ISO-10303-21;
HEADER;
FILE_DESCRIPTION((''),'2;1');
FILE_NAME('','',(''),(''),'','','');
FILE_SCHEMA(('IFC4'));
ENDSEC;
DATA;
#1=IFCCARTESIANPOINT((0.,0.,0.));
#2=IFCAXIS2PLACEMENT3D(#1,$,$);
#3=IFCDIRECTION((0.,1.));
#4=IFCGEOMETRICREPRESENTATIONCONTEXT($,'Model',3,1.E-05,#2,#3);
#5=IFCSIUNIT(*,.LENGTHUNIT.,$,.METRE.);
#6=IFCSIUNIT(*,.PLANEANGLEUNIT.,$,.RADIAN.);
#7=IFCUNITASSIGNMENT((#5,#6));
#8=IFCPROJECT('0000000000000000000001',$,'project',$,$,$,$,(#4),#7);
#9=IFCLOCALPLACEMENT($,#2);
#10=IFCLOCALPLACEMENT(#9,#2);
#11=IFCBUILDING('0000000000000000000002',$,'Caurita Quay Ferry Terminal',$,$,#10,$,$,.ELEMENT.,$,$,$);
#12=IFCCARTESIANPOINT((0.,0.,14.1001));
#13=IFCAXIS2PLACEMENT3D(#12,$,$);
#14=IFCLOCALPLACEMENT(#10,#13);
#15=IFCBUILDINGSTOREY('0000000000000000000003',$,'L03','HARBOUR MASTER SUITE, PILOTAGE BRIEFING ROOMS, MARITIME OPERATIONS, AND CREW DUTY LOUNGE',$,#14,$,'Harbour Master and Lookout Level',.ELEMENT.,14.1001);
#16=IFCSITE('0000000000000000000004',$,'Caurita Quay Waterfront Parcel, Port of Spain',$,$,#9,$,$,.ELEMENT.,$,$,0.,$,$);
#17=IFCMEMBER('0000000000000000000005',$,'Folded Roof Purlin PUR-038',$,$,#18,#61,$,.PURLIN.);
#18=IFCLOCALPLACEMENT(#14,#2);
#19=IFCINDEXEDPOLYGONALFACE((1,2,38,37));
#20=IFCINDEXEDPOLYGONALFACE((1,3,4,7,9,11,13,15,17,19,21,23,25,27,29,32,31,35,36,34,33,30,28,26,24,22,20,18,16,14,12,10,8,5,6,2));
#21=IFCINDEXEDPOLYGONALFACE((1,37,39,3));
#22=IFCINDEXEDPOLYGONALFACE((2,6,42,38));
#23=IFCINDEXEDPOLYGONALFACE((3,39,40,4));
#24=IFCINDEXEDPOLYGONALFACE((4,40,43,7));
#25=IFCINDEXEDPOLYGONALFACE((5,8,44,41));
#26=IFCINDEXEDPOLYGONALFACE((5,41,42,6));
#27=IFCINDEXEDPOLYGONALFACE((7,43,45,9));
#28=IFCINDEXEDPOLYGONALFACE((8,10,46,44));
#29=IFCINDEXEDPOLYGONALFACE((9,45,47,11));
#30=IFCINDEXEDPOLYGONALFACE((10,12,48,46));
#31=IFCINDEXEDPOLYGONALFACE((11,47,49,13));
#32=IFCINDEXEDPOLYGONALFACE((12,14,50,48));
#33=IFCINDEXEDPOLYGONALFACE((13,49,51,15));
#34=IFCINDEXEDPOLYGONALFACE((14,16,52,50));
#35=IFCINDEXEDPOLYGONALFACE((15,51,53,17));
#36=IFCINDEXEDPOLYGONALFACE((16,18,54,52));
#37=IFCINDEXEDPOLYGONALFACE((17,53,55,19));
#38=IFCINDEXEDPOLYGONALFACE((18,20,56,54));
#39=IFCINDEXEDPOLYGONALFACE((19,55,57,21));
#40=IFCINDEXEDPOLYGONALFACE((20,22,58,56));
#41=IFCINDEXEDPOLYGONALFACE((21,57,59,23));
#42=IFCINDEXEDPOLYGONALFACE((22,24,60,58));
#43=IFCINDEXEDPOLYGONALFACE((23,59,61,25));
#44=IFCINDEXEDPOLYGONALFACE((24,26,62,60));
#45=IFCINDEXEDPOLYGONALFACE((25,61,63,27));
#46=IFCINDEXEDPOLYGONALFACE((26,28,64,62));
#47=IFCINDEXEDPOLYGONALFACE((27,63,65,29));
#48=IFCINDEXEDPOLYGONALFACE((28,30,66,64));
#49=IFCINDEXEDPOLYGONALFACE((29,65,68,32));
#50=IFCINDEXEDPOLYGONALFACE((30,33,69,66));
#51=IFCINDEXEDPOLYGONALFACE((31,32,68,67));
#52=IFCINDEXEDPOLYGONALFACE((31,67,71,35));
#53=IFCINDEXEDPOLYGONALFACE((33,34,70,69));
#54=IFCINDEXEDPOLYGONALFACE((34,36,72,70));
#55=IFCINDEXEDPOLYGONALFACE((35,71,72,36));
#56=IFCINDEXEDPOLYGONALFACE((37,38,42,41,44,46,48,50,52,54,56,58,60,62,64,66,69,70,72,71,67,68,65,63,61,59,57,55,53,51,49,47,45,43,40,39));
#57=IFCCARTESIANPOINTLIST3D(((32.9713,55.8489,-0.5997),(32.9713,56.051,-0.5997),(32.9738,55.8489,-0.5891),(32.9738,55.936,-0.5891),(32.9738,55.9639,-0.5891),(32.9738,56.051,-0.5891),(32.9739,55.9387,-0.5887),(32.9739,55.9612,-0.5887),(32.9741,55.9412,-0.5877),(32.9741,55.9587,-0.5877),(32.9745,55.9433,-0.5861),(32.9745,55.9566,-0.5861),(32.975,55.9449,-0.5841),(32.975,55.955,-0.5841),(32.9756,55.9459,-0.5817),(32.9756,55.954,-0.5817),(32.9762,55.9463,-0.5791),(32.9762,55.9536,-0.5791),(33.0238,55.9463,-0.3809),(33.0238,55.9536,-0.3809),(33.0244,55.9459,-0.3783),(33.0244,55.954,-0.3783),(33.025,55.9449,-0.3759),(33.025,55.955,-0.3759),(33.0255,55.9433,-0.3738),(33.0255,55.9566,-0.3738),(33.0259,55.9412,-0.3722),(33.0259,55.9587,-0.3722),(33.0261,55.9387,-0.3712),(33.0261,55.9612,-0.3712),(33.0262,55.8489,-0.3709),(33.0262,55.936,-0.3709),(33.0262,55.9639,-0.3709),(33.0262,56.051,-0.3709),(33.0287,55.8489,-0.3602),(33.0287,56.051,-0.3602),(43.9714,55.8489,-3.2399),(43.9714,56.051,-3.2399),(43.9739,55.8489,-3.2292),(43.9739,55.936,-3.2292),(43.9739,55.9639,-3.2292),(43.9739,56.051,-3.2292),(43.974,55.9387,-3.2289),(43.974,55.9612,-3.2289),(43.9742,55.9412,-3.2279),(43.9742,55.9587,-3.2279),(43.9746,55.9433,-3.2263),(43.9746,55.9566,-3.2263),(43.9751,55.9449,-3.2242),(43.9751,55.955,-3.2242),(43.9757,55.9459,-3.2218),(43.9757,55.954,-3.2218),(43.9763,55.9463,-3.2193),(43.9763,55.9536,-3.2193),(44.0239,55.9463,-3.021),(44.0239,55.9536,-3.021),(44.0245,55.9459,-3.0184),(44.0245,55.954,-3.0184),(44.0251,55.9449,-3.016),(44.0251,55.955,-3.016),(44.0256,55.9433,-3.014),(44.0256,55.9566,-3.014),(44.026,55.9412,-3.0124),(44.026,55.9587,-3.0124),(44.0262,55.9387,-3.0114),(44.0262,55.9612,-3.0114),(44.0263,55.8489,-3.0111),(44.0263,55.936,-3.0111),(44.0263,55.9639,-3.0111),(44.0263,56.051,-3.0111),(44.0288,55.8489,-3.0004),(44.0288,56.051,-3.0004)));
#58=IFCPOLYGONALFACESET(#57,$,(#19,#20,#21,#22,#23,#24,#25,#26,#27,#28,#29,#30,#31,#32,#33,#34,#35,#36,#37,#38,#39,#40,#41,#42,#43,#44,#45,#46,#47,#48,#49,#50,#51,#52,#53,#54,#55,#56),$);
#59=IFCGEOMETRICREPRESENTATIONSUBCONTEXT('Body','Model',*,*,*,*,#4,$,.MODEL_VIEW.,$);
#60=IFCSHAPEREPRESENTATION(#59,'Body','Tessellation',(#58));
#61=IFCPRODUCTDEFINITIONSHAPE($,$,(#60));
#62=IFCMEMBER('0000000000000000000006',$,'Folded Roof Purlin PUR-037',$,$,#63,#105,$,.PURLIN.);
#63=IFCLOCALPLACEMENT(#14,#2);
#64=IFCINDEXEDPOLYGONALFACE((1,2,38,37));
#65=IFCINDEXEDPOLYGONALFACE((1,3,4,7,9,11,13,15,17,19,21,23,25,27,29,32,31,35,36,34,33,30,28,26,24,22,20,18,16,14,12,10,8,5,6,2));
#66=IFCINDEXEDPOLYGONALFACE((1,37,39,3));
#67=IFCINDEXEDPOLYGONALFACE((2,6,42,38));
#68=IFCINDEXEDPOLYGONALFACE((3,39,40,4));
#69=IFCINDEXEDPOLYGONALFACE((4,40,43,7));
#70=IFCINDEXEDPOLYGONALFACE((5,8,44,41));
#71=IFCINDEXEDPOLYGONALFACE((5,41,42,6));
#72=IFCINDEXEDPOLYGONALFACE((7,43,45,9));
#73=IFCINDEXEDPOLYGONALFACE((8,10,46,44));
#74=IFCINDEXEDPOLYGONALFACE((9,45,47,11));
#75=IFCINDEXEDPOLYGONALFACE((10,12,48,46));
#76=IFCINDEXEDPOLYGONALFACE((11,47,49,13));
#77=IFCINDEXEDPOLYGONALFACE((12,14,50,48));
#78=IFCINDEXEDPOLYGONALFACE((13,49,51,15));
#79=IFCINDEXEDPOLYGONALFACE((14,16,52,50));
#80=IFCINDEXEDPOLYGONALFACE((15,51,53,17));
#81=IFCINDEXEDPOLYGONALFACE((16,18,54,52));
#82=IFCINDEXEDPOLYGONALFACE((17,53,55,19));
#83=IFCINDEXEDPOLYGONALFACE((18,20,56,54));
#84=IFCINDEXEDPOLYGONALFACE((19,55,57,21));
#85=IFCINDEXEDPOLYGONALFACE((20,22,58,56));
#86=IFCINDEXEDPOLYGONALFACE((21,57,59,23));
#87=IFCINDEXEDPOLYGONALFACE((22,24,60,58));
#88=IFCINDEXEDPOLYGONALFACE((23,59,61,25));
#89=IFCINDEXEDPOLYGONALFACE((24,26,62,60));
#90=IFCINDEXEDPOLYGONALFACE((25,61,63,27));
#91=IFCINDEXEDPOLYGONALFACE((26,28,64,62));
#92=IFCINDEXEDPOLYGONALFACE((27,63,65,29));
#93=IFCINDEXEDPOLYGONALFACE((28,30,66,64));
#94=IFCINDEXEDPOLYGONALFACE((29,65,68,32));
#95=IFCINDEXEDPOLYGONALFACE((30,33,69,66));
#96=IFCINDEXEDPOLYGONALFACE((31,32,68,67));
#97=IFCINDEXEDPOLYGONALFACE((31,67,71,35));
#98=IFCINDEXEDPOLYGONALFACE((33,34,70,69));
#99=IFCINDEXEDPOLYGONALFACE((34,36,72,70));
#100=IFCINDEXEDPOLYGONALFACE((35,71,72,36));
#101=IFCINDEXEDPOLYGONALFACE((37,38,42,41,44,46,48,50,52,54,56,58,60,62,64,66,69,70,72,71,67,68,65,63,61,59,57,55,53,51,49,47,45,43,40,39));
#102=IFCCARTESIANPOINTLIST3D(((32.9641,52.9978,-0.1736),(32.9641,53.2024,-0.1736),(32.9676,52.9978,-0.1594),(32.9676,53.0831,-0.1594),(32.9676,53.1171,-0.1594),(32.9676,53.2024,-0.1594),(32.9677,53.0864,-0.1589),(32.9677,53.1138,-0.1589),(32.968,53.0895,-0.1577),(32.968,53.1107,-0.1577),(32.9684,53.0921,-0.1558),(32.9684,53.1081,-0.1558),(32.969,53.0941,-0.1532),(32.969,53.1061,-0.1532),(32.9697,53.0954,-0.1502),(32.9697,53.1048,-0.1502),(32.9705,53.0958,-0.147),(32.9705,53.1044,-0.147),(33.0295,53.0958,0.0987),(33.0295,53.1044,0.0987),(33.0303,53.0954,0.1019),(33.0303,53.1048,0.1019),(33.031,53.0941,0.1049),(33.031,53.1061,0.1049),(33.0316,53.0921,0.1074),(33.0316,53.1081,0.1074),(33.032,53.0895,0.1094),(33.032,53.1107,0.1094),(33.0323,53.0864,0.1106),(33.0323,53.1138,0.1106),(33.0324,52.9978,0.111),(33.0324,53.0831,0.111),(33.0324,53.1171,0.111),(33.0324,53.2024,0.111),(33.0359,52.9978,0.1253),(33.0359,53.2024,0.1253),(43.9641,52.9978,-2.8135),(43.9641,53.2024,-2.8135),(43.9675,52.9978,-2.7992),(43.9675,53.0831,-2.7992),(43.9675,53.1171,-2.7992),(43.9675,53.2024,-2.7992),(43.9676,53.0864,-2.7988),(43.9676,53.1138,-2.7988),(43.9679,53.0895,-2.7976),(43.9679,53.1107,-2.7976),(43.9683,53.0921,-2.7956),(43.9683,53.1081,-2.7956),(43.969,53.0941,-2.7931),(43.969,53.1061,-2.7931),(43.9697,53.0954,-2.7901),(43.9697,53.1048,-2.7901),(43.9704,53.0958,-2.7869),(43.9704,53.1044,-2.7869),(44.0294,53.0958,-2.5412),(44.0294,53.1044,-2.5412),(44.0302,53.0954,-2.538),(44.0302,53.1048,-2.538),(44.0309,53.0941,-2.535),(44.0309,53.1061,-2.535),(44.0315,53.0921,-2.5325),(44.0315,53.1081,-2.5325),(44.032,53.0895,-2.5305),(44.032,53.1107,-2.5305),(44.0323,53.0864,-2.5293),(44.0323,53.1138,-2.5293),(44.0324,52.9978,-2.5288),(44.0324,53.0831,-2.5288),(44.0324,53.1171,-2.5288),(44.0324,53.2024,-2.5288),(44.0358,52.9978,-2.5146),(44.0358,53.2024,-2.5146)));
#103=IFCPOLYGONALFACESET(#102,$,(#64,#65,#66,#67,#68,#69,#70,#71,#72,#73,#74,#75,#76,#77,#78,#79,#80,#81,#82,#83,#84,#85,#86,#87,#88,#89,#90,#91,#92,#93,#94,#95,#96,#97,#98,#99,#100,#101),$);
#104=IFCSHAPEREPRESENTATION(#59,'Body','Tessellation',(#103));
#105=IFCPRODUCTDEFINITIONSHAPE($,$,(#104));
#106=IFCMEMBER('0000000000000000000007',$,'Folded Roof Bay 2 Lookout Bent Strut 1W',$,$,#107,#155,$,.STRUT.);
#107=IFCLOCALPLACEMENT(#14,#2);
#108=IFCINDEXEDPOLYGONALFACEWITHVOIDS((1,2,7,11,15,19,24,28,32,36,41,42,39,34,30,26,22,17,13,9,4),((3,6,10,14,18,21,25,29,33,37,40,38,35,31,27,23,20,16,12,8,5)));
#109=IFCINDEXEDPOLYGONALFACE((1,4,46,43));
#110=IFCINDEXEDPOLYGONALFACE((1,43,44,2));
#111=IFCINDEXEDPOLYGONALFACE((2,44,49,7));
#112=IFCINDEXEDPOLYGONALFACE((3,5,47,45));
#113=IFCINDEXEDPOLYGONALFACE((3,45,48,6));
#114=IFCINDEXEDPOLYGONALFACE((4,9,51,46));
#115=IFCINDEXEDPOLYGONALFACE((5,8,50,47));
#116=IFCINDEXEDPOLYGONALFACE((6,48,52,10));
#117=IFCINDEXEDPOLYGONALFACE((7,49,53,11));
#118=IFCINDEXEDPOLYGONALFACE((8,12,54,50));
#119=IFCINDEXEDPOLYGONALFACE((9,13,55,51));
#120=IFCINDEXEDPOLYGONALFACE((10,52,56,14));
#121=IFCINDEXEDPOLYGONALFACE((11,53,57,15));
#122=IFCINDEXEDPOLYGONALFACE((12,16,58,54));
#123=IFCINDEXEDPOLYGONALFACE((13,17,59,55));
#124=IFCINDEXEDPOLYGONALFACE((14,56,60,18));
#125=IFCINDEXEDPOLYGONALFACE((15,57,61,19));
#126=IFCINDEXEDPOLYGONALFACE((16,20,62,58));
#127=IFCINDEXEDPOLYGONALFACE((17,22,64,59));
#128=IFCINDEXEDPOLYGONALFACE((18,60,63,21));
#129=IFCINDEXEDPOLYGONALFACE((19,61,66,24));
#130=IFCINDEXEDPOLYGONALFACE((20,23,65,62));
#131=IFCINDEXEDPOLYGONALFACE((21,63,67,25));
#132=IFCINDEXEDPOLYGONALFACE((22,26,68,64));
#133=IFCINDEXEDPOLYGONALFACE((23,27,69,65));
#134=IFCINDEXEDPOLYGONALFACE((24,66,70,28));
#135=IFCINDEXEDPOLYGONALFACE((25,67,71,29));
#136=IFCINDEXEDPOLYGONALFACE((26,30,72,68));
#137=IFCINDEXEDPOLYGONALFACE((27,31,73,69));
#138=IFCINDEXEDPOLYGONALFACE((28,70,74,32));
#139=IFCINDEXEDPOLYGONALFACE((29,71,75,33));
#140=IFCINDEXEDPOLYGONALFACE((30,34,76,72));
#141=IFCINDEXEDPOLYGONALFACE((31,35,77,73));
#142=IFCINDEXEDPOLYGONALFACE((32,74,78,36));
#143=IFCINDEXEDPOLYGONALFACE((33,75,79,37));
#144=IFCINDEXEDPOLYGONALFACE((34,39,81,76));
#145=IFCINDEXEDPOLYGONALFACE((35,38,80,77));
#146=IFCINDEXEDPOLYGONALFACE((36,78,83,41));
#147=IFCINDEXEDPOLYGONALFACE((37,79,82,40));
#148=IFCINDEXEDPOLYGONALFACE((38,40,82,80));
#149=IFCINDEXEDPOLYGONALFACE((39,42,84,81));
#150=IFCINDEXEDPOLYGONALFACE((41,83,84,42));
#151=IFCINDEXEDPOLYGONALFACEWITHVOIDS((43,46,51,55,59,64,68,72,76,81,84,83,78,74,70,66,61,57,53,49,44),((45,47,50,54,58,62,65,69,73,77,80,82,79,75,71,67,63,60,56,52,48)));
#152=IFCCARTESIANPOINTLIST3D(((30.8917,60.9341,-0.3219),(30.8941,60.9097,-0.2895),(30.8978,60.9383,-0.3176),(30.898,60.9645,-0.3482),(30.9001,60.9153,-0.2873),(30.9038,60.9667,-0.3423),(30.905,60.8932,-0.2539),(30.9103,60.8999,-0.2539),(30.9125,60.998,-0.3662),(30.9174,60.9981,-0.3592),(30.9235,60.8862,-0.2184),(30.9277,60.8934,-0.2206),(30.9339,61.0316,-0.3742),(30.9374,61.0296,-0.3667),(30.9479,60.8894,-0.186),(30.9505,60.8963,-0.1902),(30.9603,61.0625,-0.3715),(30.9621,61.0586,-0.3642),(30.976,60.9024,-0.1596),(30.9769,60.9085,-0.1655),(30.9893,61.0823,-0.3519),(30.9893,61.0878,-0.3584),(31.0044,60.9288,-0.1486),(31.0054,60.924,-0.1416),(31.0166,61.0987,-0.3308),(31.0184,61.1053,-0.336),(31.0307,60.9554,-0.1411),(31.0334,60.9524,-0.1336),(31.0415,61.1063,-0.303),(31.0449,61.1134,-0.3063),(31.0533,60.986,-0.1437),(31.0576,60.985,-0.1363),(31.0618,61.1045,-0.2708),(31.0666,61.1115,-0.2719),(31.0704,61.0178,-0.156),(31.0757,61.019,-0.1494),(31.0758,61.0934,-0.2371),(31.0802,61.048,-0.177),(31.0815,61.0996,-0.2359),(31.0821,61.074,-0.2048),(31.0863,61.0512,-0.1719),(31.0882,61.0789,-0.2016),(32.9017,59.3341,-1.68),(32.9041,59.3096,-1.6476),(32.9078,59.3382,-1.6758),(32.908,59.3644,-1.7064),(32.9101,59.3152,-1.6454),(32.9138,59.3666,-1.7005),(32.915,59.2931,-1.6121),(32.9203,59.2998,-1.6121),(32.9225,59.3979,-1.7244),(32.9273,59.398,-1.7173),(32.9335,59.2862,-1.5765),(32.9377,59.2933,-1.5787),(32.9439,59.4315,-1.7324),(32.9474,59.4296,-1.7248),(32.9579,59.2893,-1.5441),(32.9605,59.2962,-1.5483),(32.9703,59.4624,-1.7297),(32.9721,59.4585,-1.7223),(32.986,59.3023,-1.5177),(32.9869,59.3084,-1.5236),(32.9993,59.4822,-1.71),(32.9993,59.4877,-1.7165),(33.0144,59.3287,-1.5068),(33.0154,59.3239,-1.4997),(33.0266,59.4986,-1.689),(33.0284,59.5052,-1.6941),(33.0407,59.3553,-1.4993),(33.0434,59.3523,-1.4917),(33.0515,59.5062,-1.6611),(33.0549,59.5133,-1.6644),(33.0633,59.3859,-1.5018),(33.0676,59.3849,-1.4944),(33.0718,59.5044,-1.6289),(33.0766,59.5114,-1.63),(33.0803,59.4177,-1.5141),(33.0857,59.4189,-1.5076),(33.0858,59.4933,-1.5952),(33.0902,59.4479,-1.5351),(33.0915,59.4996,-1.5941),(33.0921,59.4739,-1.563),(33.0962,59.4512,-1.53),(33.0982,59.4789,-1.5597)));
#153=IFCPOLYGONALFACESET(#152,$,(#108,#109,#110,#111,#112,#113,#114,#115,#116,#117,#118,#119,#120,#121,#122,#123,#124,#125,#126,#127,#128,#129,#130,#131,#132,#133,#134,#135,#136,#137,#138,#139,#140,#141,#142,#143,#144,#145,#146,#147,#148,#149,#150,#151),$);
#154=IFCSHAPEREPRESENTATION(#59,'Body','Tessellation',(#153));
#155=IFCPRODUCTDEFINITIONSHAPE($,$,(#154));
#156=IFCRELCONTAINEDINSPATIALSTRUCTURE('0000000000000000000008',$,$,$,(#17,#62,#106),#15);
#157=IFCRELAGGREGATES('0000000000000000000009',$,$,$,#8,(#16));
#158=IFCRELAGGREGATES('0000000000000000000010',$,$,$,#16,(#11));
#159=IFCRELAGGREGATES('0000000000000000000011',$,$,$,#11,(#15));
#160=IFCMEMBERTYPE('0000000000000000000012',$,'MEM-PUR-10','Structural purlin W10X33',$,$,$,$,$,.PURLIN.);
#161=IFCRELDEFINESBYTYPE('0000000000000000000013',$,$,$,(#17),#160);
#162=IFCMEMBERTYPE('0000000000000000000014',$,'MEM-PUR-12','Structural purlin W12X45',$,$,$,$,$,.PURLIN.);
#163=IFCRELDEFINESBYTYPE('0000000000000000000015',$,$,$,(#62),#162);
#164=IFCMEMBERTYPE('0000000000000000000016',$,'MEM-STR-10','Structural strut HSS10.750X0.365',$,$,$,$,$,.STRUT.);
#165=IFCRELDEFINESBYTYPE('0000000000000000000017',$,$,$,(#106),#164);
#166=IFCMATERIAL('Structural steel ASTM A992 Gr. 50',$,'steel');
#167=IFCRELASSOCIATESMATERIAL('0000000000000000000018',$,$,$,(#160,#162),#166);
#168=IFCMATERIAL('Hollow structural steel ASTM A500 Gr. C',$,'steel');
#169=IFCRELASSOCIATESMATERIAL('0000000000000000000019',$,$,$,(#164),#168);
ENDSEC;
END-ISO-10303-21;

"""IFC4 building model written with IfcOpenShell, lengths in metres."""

from ifc_helpers import new_model, si_unit, direction, frame, origin, origin_2d, place, context, subcontext, project, spatial, hollow_circle, i_section, extrude, material, material_profile, profile_set, type_object, element, save


model = new_model("IFC4")

# Units and contexts
model_context = context("Model", 3, precision=1e-05, world=origin(), true_north=direction((0.0, 1.0)))
body_context = subcontext(model_context, "Body", "Model", "MODEL_VIEW")
ifc_project = project(units=[si_unit("LENGTHUNIT", "METRE"), si_unit("PLANEANGLEUNIT", "RADIAN")], contexts=[model_context])

# Site, building, storey
site_placement = place(None, origin())
site = spatial("IfcSite", under=ifc_project, at=site_placement, Name="Caurita Quay Waterfront Parcel, Port of Spain", CompositionType="ELEMENT", RefElevation=0.0)
building_placement = place(site_placement, origin())
building = spatial("IfcBuilding", under=site, at=building_placement, Name="Caurita Quay Ferry Terminal", CompositionType="ELEMENT")
storey_placement = place(building_placement, frame((0.0, 0.0, 14.1001)))
storey = spatial("IfcBuildingStorey", under=building, at=storey_placement, Name="L03", Description="HARBOUR MASTER SUITE, PILOTAGE BRIEFING ROOMS, MARITIME OPERATIONS, AND CREW DUTY LOUNGE", LongName="Harbour Master and Lookout Level", CompositionType="ELEMENT", Elevation=14.1001)

# Shared definitions
ifc_material_1 = material(Name="Structural steel ASTM A992 Gr. 50", Category="steel")

# Members
ifc_material_profile_1 = material_profile(ifc_material_1, i_section(OverallWidth=0.2021, OverallDepth=0.2463, WebThickness=0.0073, FlangeThickness=0.011, FilletRadius=0.0103, at=origin_2d()), Name="W10X33")
ifc_profile_set_1 = profile_set([ifc_material_profile_1], Name="Structural steel ASTM A992 Gr. 50")
member_type_1 = type_object("IfcMemberType", Name="MEM-PUR-10", Description="Structural purlin W10X33", PredefinedType="PURLIN", material=ifc_profile_set_1)
member_1_placement = place(storey_placement, frame((33.0, 55.95, -0.48), z_axis=(0.972385, 0.0, -0.233384), x_axis=(0.0, 1.0, 0.0)))
element("IfcMember", 1, at=member_1_placement, inside=storey, type_object=member_type_1, Name="Folded Roof Purlin PUR-038", PredefinedType="PURLIN", context=body_context, shape_type="SweptSolid", body=[
    extrude(i_section(OverallWidth=0.2021, OverallDepth=0.2463, WebThickness=0.0073, FlangeThickness=0.011, FilletRadius=0.0103, at=origin_2d()), origin(), (0.0, 0.0, 1.0), 11.3125),
])
ifc_material_profile_2 = material_profile(ifc_material_1, i_section(OverallWidth=0.2046, OverallDepth=0.3074, WebThickness=0.0085, FlangeThickness=0.0146, FilletRadius=0.0127, at=origin_2d()), Name="W12X45")
ifc_profile_set_2 = profile_set([ifc_material_profile_2], Name="Structural steel ASTM A992 Gr. 50")
member_type_2 = type_object("IfcMemberType", Name="MEM-PUR-12", Description="Structural purlin W12X45", PredefinedType="PURLIN", material=ifc_profile_set_2)
member_2_placement = place(storey_placement, frame((33.0, 53.1001, -0.0242), z_axis=(0.972389, 0.0, -0.233364), x_axis=(0.0, 1.0, 0.0)))
element("IfcMember", 2, at=member_2_placement, inside=storey, type_object=member_type_2, Name="Folded Roof Purlin PUR-037", PredefinedType="PURLIN", context=body_context, shape_type="SweptSolid", body=[
    extrude(i_section(OverallWidth=0.2046, OverallDepth=0.3074, WebThickness=0.0085, FlangeThickness=0.0146, FilletRadius=0.0127, at=origin_2d()), origin(), (0.0, 0.0, 1.0), 11.3123),
])
ifc_material_2 = material(Name="Hollow structural steel ASTM A500 Gr. C", Category="steel")
ifc_material_profile_3 = material_profile(ifc_material_2, hollow_circle(Radius=0.1365, WallThickness=0.0085, at=origin_2d()), Name="HSS10.750X0.365")
ifc_profile_set_3 = profile_set([ifc_material_profile_3], Name="Hollow structural steel ASTM A500 Gr. C")
member_type_3 = type_object("IfcMemberType", Name="MEM-STR-10", Description="Structural strut HSS10.750X0.365", PredefinedType="STRUT", material=ifc_profile_set_3)
for number, where, z_axis, x_axis, name in (
    (3, (33.0, 59.3999, -1.6121), (-0.691668, 0.550612, 0.467357), (-0.622816, -0.782368, 0.0), "Folded Roof Bay 2 Lookout Bent Strut 1W"),
):
    element("IfcMember", number, at=place(storey_placement, frame(where, z_axis=z_axis, x_axis=x_axis)), inside=storey, type_object=member_type_3, Name=name, PredefinedType="STRUT", context=body_context, shape_type="SweptSolid", body=[
        extrude(hollow_circle(Radius=0.1365, WallThickness=0.0085, at=origin_2d()), origin(), (0.0, 0.0, 1.0), 2.906),
    ])

save(model, "model.ifc")
